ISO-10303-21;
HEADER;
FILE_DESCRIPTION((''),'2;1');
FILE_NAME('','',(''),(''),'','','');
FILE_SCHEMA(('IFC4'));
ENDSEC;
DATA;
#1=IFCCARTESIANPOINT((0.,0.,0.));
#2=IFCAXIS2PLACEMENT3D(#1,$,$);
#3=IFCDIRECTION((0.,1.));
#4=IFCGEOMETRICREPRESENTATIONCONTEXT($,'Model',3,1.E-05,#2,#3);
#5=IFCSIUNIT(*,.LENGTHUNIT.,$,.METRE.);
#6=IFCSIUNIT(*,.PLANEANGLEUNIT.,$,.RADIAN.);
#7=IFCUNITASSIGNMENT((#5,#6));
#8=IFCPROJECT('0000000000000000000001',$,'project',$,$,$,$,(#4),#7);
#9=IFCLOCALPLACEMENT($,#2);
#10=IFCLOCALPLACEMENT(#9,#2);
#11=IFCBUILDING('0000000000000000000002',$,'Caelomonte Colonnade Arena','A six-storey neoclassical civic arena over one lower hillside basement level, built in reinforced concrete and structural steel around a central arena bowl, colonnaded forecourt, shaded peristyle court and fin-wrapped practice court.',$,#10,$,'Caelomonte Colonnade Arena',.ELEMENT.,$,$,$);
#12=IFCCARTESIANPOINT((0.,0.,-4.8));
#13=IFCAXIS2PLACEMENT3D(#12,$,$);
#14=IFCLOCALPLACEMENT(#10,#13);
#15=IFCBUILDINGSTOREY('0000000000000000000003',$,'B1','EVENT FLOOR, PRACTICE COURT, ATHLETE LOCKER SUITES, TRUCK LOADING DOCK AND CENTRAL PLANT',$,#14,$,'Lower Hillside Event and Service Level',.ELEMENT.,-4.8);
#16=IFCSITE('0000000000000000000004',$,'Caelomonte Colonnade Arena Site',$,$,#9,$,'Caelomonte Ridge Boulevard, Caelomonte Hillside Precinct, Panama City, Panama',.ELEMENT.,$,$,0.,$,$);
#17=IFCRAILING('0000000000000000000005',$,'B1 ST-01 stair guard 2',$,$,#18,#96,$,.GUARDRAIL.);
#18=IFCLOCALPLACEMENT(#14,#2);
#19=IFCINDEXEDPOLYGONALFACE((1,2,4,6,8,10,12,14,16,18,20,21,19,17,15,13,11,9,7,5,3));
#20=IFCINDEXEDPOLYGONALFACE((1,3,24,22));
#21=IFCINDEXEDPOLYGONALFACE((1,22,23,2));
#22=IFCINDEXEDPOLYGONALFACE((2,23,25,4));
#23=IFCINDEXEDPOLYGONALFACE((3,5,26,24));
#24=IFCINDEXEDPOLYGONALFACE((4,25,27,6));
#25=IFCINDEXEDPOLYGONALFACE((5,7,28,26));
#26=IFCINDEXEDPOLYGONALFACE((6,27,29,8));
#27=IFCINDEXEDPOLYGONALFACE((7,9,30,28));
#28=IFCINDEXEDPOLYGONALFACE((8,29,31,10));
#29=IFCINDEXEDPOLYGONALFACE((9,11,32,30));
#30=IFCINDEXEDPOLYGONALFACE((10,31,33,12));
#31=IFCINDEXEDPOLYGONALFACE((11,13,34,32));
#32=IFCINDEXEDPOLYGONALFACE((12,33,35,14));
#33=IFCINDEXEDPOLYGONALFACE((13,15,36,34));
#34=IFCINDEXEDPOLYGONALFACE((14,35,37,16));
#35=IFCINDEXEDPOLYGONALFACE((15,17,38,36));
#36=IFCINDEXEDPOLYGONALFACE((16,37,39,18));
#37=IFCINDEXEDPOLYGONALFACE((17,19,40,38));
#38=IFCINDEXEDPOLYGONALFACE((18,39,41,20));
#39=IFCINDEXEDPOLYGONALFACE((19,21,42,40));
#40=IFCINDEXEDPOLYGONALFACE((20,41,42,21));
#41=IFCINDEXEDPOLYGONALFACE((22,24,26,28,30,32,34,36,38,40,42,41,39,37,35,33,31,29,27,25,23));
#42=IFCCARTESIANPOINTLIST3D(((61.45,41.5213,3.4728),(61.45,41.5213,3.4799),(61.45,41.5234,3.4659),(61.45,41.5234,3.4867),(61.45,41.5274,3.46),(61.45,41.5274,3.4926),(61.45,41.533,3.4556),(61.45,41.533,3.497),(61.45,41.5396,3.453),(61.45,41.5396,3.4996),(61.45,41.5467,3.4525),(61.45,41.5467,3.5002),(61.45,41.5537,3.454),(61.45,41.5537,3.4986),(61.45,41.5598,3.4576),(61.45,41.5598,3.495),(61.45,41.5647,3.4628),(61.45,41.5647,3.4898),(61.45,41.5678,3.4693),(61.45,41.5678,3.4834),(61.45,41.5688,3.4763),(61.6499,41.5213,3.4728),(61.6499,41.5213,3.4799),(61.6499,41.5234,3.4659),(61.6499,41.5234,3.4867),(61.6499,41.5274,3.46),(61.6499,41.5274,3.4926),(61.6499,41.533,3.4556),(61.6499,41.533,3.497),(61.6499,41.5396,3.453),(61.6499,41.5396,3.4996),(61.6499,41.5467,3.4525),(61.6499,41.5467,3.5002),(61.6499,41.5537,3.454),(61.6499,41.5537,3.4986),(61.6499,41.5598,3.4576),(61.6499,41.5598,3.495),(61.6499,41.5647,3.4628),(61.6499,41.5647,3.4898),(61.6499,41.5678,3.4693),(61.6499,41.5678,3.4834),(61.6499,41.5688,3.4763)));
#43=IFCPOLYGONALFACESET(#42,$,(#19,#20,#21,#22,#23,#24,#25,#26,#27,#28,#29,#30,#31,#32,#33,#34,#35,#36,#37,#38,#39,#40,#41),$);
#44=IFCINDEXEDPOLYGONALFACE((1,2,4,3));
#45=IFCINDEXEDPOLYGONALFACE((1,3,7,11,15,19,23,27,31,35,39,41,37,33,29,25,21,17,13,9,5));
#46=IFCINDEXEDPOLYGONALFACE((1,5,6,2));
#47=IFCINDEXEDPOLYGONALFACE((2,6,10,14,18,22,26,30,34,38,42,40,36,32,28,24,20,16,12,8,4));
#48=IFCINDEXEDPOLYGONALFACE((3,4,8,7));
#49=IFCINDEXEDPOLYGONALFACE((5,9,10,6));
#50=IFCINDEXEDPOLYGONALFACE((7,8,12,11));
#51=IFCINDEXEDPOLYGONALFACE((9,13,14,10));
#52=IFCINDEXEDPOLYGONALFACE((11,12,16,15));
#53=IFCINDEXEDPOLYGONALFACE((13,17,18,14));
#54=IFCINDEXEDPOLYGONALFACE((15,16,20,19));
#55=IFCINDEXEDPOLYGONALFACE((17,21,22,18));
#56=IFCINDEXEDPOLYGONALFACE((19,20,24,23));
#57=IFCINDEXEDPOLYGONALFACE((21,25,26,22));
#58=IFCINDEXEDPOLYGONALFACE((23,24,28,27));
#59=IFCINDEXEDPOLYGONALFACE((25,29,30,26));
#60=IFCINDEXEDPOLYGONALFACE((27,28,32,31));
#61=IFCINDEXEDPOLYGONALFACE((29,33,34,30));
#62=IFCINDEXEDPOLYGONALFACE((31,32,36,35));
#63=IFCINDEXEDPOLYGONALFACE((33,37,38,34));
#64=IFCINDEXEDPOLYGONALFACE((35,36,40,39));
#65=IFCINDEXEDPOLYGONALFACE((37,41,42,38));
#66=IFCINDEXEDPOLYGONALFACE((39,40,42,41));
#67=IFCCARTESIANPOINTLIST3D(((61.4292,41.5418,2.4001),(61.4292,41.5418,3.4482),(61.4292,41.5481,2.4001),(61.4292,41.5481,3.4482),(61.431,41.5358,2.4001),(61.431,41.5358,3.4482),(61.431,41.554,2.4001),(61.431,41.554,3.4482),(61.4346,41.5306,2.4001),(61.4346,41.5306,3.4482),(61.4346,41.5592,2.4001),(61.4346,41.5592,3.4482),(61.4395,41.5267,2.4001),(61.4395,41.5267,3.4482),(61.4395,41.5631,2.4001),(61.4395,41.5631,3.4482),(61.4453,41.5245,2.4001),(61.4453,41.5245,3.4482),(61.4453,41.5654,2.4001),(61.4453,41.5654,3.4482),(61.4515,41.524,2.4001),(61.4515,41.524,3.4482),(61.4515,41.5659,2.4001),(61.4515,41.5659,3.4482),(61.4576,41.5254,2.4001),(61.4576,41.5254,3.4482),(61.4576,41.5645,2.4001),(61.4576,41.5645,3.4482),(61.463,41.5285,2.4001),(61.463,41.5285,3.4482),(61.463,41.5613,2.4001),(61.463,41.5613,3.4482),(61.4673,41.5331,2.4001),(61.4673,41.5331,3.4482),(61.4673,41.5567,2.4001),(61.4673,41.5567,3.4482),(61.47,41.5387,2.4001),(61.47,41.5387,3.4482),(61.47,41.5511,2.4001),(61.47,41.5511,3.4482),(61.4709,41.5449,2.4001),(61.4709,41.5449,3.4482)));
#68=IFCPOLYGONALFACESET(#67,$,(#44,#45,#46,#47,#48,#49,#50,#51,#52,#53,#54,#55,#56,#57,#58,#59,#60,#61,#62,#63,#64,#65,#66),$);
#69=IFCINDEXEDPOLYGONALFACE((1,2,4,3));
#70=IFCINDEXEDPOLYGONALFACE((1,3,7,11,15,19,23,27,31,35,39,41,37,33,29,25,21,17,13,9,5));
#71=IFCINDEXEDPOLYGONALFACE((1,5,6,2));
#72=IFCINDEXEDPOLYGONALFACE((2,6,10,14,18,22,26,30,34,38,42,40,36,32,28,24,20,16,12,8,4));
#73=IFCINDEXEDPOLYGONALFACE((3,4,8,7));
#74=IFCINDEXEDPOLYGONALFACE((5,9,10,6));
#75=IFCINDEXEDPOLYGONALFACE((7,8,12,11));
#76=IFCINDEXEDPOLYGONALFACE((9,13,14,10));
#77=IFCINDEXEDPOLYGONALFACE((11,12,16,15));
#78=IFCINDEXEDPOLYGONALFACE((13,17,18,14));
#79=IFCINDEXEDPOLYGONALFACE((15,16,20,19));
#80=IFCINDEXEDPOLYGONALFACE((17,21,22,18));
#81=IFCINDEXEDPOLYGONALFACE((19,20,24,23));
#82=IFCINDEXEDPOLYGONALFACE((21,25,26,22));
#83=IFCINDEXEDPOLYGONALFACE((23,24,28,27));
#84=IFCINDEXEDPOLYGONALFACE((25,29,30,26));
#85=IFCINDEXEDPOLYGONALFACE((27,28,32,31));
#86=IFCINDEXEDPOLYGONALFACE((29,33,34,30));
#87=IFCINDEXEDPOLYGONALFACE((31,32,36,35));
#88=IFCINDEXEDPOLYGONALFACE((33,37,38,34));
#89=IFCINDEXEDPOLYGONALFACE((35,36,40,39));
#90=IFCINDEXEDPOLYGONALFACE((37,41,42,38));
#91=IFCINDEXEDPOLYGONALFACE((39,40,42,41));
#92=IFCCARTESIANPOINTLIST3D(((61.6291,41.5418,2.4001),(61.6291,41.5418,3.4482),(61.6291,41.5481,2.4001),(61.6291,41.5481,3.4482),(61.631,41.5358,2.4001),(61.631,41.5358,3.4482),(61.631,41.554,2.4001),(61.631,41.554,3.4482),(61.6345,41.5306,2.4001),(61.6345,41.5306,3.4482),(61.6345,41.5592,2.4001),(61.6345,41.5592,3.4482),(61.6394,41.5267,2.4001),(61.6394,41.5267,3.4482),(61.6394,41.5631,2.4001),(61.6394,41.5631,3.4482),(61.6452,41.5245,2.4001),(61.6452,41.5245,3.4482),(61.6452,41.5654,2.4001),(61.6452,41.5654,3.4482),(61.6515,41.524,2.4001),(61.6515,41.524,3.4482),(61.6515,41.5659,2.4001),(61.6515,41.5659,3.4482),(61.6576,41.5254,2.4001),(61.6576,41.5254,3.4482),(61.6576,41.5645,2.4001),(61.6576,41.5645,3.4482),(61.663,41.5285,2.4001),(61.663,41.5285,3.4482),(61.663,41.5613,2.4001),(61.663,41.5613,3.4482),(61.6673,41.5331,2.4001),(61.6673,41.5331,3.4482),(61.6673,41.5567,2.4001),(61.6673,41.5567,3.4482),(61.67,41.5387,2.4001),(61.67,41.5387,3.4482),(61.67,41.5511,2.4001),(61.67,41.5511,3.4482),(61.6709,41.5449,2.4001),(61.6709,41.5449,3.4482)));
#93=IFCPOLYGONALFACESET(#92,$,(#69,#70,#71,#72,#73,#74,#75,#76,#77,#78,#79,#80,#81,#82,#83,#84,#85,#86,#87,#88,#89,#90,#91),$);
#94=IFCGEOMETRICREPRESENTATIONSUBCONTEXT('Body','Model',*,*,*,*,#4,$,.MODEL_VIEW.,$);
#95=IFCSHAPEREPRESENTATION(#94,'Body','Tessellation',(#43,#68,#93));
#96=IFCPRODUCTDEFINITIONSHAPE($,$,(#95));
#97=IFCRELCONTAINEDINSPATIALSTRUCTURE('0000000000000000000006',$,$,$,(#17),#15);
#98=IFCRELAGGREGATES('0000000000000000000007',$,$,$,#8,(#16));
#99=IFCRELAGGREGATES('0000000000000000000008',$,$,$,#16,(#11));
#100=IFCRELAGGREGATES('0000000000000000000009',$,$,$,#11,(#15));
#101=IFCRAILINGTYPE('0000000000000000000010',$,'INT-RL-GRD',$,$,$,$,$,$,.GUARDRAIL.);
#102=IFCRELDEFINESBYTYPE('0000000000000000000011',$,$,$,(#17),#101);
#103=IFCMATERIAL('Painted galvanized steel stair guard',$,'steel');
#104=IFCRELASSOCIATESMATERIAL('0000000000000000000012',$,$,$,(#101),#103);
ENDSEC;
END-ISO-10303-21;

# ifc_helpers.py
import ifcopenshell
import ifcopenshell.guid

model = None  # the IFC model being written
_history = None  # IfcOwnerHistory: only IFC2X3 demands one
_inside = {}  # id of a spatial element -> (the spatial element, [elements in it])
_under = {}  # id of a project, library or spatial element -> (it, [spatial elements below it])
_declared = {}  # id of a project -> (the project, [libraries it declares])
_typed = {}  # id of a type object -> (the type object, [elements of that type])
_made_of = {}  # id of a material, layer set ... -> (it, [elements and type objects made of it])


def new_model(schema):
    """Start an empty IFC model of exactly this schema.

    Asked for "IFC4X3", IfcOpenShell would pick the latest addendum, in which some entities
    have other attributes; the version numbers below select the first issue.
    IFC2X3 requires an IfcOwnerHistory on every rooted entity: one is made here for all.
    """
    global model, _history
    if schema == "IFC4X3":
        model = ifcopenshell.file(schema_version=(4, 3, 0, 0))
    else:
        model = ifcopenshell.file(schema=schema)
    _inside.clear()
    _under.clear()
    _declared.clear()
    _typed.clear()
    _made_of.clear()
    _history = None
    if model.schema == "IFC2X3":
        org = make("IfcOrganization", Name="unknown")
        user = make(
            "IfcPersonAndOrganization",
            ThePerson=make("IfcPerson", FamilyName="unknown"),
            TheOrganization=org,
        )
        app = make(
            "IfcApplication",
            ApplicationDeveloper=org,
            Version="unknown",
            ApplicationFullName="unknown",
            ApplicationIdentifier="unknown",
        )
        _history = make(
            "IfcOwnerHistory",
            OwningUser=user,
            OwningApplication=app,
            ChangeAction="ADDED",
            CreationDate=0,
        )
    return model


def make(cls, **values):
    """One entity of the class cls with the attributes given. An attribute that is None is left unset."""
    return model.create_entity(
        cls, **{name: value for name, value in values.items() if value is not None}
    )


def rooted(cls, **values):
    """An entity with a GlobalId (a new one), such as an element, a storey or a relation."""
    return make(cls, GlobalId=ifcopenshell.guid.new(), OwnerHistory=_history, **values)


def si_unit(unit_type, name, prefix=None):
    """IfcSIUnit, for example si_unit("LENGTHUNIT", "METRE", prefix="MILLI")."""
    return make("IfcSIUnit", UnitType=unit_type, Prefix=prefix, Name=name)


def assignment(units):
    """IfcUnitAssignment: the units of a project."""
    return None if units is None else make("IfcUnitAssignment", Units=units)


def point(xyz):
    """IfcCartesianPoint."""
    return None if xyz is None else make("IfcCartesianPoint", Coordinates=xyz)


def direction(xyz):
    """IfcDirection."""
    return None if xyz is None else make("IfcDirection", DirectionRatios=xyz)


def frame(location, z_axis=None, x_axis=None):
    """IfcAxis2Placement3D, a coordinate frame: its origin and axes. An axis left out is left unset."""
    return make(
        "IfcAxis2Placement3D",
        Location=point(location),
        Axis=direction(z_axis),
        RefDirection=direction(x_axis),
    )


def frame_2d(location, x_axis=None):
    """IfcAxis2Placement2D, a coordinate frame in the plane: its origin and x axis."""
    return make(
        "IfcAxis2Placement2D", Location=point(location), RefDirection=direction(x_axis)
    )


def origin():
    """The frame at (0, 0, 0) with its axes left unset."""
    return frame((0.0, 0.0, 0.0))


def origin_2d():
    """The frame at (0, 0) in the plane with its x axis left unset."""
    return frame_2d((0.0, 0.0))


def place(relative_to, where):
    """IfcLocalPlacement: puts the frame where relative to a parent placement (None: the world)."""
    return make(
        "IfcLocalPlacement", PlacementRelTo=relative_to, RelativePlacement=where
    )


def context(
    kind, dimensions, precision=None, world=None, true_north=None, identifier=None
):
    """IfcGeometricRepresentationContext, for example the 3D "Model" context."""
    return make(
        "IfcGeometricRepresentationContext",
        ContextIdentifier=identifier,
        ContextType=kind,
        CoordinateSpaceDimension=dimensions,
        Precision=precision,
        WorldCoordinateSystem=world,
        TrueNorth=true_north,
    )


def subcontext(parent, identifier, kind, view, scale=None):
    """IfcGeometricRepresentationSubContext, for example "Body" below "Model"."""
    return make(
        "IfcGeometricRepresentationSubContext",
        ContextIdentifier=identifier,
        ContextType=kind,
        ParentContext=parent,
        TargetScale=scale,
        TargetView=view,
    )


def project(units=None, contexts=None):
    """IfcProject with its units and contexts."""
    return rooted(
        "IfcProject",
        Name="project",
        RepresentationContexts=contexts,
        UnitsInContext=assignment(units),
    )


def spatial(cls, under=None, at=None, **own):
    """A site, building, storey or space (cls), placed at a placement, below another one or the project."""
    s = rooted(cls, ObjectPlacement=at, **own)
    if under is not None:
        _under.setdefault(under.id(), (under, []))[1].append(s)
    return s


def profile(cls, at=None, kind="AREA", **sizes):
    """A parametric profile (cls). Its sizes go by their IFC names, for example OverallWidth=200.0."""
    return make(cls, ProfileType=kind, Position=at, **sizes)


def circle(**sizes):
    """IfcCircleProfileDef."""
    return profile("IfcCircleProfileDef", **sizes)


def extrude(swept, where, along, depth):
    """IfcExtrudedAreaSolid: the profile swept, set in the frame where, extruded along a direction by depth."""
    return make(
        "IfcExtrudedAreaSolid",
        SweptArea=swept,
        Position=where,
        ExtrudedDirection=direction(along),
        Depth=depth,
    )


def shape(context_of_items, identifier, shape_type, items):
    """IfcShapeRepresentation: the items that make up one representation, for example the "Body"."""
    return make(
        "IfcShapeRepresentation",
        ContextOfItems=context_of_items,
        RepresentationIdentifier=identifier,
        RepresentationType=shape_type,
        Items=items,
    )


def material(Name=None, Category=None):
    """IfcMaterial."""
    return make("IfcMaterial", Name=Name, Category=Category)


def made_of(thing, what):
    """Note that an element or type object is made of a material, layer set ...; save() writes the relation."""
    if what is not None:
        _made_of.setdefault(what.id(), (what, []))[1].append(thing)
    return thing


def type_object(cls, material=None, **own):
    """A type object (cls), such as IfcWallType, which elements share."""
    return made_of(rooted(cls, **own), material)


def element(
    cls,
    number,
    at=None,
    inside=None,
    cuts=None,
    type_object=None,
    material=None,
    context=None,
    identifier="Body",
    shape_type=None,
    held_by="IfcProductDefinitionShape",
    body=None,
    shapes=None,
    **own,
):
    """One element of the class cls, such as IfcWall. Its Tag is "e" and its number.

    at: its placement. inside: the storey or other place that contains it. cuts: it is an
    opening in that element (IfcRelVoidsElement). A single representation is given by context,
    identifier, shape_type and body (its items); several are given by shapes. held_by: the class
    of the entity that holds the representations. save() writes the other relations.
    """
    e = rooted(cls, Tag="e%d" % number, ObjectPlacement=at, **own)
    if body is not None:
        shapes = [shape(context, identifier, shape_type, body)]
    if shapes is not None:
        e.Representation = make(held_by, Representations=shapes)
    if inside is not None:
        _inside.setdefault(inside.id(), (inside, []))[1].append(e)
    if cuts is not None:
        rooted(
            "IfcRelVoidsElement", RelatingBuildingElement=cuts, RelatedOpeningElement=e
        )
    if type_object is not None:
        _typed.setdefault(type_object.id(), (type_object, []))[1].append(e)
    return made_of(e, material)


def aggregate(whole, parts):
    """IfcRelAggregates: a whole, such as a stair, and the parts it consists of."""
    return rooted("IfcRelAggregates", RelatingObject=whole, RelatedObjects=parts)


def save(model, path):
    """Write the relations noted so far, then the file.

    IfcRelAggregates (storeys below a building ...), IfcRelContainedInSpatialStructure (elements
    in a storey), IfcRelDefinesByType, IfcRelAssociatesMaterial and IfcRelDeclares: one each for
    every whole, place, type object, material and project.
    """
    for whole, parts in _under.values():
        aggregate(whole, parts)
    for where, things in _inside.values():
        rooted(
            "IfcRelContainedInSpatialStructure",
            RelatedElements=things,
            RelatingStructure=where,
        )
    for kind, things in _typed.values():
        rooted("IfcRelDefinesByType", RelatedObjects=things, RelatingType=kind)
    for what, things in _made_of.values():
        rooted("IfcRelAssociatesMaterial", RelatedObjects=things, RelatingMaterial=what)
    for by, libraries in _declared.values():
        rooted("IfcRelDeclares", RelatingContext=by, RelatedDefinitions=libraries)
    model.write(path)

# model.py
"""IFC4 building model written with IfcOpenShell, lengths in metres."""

from ifc_helpers import new_model, si_unit, direction, frame, origin, origin_2d, place, context, subcontext, project, spatial, circle, extrude, material, type_object, element, save


model = new_model("IFC4")

# Units and contexts
model_context = context("Model", 3, precision=1e-05, world=origin(), true_north=direction((0.0, 1.0)))
body_context = subcontext(model_context, "Body", "Model", "MODEL_VIEW")
ifc_project = project(units=[si_unit("LENGTHUNIT", "METRE"), si_unit("PLANEANGLEUNIT", "RADIAN")], contexts=[model_context])

# Site, building, storey
site_placement = place(None, origin())
site = spatial("IfcSite", under=ifc_project, at=site_placement, Name="Caelomonte Colonnade Arena Site", LongName="Caelomonte Ridge Boulevard, Caelomonte Hillside Precinct, Panama City, Panama", CompositionType="ELEMENT", RefElevation=0.0)
building_placement = place(site_placement, origin())
building = spatial("IfcBuilding", under=site, at=building_placement, Name="Caelomonte Colonnade Arena", Description="A six-storey neoclassical civic arena over one lower hillside basement level, built in reinforced concrete and structural steel around a central arena bowl, colonnaded forecourt, shaded peristyle court and fin-wrapped practice court.", LongName="Caelomonte Colonnade Arena", CompositionType="ELEMENT")
storey_placement = place(building_placement, frame((0.0, 0.0, -4.8)))
storey = spatial("IfcBuildingStorey", under=building, at=storey_placement, Name="B1", Description="EVENT FLOOR, PRACTICE COURT, ATHLETE LOCKER SUITES, TRUCK LOADING DOCK AND CENTRAL PLANT", LongName="Lower Hillside Event and Service Level", CompositionType="ELEMENT", Elevation=-4.8)

# Railing
ifc_material_1 = material(Name="Painted galvanized steel stair guard", Category="steel")
railing_type_1 = type_object("IfcRailingType", Name="INT-RL-GRD", PredefinedType="GUARDRAIL", material=ifc_material_1)
railing_1_placement = place(storey_placement, frame((61.45, 41.5449, 2.4001)))
element("IfcRailing", 1, at=railing_1_placement, inside=storey, type_object=railing_type_1, Name="B1 ST-01 stair guard 2", PredefinedType="GUARDRAIL", context=body_context, shape_type="SweptSolid", body=[
    extrude(circle(Radius=0.0239, at=origin_2d()), frame((0.0, 0.0, 1.0762), z_axis=(1.0, 0.0, 0.0), x_axis=(0.0, 1.0, 0.0)), (0.0, 0.0, 1.0), 0.2),
    extrude(circle(Radius=0.021, at=origin_2d()), origin(), (0.0, 0.0, 1.0), 1.0481),
    extrude(circle(Radius=0.021, at=origin_2d()), frame((0.2, 0.0, 0.0)), (0.0, 0.0, 1.0), 1.0481),
])

save(model, "model.ifc")
